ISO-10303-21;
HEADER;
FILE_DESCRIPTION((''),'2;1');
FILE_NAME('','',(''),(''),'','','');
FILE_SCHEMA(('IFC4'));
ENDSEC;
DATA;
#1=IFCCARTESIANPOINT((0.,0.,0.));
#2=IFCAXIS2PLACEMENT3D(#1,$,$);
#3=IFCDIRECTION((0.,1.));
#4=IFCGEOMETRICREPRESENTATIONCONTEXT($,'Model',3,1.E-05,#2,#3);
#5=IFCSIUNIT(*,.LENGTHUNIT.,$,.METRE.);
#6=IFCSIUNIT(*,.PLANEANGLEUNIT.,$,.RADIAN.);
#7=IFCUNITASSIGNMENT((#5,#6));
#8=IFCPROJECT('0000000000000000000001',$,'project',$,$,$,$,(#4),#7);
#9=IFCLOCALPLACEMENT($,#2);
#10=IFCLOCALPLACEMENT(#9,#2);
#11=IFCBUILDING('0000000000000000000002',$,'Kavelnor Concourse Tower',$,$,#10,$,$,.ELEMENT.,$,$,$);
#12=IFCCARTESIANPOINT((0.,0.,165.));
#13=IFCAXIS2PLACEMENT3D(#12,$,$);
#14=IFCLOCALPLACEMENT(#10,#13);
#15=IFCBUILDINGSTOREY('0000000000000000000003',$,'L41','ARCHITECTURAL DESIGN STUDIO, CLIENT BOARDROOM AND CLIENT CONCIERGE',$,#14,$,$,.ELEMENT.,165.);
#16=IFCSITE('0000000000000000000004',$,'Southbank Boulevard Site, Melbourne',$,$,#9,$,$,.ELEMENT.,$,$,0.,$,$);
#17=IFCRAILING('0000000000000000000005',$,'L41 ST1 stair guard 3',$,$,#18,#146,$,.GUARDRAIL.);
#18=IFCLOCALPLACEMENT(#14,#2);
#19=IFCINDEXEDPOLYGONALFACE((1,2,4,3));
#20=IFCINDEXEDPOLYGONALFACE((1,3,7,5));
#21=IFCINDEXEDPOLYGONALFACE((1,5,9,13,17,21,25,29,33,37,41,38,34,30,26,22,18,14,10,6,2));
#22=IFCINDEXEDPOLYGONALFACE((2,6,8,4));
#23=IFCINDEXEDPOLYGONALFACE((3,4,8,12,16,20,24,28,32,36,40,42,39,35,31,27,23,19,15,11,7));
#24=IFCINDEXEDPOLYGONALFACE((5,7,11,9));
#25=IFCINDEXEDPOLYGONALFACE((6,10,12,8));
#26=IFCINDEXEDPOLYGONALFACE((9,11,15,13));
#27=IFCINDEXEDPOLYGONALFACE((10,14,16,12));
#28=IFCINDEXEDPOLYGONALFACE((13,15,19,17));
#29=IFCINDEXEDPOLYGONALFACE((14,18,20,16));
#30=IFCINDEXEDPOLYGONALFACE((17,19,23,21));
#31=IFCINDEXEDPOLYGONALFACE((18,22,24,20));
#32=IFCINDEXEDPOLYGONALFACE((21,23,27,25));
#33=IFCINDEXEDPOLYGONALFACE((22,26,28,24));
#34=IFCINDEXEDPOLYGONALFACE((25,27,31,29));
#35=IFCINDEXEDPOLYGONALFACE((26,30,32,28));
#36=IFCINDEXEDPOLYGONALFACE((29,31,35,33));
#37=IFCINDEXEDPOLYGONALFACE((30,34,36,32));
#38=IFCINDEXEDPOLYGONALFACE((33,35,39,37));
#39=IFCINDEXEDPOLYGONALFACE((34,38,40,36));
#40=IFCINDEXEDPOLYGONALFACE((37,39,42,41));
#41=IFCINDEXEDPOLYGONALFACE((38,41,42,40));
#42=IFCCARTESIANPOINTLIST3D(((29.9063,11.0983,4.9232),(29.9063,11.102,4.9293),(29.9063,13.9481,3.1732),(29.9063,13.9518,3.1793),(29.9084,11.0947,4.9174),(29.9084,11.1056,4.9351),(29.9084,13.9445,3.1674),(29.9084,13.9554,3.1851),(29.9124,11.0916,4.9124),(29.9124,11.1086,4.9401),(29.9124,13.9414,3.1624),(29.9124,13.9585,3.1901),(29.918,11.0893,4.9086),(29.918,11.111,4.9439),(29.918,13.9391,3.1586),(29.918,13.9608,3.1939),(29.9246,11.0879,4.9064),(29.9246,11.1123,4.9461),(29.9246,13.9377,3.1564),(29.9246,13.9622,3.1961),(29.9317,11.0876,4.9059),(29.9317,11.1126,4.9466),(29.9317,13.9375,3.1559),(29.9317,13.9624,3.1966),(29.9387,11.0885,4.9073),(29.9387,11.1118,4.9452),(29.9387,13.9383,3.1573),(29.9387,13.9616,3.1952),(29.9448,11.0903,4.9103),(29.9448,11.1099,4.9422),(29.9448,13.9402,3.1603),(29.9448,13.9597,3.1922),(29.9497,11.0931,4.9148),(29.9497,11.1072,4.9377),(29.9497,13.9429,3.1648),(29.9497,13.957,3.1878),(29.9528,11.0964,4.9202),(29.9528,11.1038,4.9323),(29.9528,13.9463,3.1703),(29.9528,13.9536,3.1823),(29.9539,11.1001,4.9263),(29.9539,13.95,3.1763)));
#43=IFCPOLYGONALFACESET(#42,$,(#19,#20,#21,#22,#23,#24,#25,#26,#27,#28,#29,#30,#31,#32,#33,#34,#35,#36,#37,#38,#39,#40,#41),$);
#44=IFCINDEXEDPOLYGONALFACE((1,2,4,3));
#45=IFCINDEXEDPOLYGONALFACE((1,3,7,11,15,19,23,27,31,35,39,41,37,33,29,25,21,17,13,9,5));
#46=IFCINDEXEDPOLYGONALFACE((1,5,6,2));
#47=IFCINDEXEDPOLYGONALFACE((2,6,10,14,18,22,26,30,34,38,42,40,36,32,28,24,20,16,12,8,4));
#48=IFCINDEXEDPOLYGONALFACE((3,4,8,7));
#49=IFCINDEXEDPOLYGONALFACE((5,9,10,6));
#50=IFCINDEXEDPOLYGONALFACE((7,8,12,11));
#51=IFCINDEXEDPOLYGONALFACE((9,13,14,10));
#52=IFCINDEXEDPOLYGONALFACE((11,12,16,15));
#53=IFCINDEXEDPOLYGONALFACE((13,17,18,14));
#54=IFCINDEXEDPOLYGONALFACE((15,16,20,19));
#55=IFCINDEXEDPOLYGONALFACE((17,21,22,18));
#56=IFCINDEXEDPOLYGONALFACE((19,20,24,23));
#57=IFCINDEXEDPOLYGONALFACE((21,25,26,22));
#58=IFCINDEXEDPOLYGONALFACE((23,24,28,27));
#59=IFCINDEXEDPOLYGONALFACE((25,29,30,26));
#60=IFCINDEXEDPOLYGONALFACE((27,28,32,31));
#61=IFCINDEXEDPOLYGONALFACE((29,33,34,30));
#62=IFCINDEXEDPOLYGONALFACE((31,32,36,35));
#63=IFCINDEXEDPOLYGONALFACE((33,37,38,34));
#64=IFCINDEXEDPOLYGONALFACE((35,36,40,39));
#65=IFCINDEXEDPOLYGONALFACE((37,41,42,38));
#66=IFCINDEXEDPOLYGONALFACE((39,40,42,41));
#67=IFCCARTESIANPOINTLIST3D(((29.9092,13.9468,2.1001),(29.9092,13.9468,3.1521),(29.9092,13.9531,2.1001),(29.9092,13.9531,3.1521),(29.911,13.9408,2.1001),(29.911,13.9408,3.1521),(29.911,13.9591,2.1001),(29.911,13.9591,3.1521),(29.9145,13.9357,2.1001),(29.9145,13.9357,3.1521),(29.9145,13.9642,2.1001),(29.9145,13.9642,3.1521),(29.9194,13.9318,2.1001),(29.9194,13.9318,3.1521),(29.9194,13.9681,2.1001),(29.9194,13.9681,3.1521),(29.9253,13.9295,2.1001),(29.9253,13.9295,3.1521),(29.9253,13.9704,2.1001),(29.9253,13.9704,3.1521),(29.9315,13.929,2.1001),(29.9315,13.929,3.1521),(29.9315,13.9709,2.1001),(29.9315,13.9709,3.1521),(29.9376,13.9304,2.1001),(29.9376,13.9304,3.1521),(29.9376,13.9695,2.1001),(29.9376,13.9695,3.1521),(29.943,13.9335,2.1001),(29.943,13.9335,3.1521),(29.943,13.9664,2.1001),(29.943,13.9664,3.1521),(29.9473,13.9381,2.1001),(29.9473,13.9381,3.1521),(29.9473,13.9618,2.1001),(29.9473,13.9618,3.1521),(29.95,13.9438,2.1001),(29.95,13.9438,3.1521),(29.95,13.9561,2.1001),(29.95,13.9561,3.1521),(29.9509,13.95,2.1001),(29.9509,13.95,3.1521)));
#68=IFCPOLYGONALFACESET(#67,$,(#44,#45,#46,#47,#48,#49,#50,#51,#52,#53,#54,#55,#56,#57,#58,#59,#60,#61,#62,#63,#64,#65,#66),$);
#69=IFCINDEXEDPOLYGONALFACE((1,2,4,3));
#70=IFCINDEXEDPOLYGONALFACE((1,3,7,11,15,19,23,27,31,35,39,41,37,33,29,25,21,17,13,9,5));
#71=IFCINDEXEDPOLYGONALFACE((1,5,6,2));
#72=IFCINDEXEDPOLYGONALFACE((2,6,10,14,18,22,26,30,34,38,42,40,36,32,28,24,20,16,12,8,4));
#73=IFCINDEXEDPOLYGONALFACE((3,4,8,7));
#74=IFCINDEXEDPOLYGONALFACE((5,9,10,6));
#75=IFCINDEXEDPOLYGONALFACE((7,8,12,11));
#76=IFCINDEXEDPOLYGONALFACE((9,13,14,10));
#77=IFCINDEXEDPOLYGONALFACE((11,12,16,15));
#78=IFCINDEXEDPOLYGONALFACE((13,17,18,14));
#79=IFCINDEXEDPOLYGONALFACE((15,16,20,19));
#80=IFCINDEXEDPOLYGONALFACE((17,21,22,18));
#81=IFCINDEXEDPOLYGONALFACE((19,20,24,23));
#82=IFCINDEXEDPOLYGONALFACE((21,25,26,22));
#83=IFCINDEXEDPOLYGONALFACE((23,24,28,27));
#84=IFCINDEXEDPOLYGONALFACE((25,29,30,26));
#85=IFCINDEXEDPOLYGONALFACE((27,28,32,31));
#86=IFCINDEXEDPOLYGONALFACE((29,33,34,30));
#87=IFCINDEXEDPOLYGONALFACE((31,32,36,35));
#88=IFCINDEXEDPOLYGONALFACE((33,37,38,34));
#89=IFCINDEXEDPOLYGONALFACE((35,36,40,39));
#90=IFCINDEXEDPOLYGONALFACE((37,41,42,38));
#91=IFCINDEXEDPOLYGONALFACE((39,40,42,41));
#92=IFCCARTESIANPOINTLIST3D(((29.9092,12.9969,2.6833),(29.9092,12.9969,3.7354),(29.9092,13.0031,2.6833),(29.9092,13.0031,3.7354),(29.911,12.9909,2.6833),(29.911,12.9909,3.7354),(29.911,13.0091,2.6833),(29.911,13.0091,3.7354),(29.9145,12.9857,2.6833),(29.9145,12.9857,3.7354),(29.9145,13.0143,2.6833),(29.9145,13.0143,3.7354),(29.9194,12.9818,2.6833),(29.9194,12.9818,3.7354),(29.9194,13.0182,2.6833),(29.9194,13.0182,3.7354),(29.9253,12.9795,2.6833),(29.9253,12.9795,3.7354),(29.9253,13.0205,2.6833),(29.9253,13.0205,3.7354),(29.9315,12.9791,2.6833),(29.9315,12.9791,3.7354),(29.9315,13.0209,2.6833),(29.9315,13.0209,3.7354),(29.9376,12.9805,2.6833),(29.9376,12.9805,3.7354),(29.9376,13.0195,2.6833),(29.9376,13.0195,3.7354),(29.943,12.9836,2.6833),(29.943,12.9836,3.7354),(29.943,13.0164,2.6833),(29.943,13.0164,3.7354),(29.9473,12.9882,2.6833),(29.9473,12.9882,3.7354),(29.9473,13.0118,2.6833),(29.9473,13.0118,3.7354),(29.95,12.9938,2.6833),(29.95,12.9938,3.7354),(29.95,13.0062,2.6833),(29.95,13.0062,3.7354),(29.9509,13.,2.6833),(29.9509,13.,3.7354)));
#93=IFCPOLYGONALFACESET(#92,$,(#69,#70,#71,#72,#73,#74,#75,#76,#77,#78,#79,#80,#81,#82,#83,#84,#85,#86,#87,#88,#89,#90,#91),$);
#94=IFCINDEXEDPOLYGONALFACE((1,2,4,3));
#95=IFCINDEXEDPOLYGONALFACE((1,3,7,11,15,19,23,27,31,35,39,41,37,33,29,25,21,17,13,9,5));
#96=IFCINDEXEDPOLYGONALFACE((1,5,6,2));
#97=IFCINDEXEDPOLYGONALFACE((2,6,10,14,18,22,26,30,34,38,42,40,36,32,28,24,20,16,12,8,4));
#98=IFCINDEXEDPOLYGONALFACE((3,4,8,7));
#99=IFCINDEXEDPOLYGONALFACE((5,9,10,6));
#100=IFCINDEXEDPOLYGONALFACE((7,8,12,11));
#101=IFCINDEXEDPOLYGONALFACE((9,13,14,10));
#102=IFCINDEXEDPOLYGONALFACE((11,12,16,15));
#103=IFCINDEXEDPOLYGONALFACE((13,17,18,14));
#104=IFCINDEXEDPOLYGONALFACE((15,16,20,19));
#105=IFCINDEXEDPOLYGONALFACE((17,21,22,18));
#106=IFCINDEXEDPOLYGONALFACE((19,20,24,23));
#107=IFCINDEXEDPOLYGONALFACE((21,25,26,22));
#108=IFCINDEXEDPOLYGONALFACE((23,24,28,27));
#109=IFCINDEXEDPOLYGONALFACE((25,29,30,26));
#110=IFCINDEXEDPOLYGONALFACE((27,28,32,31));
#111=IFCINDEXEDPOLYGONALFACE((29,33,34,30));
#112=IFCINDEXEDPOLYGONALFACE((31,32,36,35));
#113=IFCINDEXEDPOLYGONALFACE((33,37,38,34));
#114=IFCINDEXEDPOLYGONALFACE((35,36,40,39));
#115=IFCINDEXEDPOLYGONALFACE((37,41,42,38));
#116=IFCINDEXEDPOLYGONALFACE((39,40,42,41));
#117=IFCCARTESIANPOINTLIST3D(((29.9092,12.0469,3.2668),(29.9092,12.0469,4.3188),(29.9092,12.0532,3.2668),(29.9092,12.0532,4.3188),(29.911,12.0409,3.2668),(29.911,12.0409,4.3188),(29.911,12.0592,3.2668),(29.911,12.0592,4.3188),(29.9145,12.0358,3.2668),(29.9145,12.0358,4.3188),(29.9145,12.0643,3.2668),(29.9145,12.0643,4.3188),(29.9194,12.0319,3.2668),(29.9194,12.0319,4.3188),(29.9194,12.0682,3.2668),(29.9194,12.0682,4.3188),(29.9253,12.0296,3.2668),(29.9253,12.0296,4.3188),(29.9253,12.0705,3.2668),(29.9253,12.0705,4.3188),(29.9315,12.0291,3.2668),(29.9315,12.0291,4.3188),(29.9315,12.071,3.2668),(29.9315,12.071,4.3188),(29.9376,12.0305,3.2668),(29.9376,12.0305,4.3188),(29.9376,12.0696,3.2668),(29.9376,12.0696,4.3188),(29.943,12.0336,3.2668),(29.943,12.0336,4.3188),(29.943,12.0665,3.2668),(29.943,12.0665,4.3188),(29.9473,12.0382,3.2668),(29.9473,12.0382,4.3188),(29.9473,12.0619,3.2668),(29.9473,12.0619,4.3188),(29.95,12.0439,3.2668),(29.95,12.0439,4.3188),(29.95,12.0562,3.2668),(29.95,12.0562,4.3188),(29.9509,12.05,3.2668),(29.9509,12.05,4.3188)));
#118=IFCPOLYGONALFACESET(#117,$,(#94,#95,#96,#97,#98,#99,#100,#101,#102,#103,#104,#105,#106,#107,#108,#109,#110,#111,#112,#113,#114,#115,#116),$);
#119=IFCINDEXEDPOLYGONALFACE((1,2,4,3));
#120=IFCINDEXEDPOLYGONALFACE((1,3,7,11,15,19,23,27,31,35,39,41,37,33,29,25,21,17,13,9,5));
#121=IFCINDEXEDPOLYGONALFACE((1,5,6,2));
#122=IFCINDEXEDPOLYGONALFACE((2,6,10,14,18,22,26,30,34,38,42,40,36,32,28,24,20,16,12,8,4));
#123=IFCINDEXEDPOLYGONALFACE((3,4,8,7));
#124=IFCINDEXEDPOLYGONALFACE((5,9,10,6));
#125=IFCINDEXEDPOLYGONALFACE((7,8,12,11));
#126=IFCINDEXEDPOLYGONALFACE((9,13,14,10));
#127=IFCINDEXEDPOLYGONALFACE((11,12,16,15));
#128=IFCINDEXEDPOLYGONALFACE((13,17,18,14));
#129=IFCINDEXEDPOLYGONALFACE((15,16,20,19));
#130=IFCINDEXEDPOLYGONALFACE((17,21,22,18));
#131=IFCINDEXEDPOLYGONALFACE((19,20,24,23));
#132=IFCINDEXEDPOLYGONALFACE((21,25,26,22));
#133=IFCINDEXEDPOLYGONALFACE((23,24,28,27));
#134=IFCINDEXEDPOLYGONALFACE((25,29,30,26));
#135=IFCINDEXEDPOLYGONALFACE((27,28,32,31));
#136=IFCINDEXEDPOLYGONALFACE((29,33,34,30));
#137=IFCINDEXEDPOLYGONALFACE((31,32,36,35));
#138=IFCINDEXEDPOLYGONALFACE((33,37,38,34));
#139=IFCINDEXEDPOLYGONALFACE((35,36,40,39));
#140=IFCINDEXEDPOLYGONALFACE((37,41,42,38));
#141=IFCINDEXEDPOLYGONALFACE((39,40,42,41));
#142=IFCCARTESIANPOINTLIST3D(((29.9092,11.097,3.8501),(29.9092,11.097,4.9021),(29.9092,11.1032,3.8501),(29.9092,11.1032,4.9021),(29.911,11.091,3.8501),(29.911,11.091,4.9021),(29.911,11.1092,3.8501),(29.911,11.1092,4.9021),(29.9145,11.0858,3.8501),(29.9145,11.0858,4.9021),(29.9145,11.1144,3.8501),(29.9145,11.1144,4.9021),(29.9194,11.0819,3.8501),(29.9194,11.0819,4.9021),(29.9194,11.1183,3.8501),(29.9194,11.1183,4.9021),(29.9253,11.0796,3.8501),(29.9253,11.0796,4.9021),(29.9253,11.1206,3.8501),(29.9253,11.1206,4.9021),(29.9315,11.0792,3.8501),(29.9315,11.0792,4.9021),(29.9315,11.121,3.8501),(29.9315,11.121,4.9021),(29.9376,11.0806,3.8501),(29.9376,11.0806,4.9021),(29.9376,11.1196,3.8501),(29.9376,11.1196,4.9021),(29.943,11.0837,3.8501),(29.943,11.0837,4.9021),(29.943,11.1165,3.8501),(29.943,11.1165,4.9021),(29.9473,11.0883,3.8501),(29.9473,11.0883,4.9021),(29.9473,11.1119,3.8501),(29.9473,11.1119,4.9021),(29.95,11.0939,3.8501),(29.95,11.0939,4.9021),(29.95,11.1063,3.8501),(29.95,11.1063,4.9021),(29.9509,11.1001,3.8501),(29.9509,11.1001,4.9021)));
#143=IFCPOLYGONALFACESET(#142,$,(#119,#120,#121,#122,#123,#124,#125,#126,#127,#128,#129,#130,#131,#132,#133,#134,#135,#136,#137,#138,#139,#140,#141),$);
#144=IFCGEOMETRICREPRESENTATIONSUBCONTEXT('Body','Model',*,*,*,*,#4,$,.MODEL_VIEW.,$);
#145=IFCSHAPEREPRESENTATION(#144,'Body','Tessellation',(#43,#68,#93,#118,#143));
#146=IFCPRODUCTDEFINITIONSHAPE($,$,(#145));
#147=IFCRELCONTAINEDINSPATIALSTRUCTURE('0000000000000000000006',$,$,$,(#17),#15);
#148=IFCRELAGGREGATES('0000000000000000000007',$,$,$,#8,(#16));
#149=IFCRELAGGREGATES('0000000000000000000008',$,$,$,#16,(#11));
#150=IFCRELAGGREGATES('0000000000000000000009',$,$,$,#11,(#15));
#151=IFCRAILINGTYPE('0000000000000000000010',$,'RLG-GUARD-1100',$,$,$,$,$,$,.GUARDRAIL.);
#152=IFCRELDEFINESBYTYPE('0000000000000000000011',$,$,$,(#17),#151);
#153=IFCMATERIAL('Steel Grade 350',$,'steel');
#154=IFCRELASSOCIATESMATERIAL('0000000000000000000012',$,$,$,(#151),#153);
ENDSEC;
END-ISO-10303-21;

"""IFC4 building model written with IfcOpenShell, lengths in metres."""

from ifc_helpers import new_model, si_unit, direction, frame, origin, origin_2d, place, context, subcontext, project, spatial, circle, extrude, material, type_object, element, save


model = new_model("IFC4")

# Units and contexts
model_context = context("Model", 3, precision=1e-05, world=origin(), true_north=direction((0.0, 1.0)))
body_context = subcontext(model_context, "Body", "Model", "MODEL_VIEW")
ifc_project = project(units=[si_unit("LENGTHUNIT", "METRE"), si_unit("PLANEANGLEUNIT", "RADIAN")], contexts=[model_context])

# Site, building, storey
site_placement = place(None, origin())
site = spatial("IfcSite", under=ifc_project, at=site_placement, Name="Southbank Boulevard Site, Melbourne", CompositionType="ELEMENT", RefElevation=0.0)
building_placement = place(site_placement, origin())
building = spatial("IfcBuilding", under=site, at=building_placement, Name="Kavelnor Concourse Tower", CompositionType="ELEMENT")
storey_placement = place(building_placement, frame((0.0, 0.0, 165.0)))
storey = spatial("IfcBuildingStorey", under=building, at=storey_placement, Name="L41", Description="ARCHITECTURAL DESIGN STUDIO, CLIENT BOARDROOM AND CLIENT CONCIERGE", CompositionType="ELEMENT", Elevation=165.0)

# Shared definitions
ifc_material_1 = material(Name="Steel Grade 350", Category="steel")

# Railing
railing_type_1 = type_object("IfcRailingType", Name="RLG-GUARD-1100", PredefinedType="GUARDRAIL", material=ifc_material_1)
railing_1_placement = place(storey_placement, frame((29.9299, 13.95, 2.1001)))
element("IfcRailing", 1, at=railing_1_placement, inside=storey, type_object=railing_type_1, Name="L41 ST1 stair guard 3", PredefinedType="GUARDRAIL", context=body_context, shape_type="SweptSolid", body=[
    extrude(circle(Radius=0.0239, at=origin_2d()), frame((0.0, 0.0, 1.0762), z_axis=(0.0, -0.852159, 0.523283), x_axis=(1.0, 0.0, 0.0)), (0.0, 0.0, 1.0), 3.3442),
    extrude(circle(Radius=0.021, at=origin_2d()), origin(), (0.0, 0.0, 1.0), 1.052),
    extrude(circle(Radius=0.021, at=origin_2d()), frame((0.0, -0.95, 0.5833)), (0.0, 0.0, 1.0), 1.052),
    extrude(circle(Radius=0.021, at=origin_2d()), frame((0.0, -1.8999, 1.1667)), (0.0, 0.0, 1.0), 1.052),
    extrude(circle(Radius=0.021, at=origin_2d()), frame((0.0, -2.8499, 1.75)), (0.0, 0.0, 1.0), 1.052),
])

save(model, "model.ifc")
